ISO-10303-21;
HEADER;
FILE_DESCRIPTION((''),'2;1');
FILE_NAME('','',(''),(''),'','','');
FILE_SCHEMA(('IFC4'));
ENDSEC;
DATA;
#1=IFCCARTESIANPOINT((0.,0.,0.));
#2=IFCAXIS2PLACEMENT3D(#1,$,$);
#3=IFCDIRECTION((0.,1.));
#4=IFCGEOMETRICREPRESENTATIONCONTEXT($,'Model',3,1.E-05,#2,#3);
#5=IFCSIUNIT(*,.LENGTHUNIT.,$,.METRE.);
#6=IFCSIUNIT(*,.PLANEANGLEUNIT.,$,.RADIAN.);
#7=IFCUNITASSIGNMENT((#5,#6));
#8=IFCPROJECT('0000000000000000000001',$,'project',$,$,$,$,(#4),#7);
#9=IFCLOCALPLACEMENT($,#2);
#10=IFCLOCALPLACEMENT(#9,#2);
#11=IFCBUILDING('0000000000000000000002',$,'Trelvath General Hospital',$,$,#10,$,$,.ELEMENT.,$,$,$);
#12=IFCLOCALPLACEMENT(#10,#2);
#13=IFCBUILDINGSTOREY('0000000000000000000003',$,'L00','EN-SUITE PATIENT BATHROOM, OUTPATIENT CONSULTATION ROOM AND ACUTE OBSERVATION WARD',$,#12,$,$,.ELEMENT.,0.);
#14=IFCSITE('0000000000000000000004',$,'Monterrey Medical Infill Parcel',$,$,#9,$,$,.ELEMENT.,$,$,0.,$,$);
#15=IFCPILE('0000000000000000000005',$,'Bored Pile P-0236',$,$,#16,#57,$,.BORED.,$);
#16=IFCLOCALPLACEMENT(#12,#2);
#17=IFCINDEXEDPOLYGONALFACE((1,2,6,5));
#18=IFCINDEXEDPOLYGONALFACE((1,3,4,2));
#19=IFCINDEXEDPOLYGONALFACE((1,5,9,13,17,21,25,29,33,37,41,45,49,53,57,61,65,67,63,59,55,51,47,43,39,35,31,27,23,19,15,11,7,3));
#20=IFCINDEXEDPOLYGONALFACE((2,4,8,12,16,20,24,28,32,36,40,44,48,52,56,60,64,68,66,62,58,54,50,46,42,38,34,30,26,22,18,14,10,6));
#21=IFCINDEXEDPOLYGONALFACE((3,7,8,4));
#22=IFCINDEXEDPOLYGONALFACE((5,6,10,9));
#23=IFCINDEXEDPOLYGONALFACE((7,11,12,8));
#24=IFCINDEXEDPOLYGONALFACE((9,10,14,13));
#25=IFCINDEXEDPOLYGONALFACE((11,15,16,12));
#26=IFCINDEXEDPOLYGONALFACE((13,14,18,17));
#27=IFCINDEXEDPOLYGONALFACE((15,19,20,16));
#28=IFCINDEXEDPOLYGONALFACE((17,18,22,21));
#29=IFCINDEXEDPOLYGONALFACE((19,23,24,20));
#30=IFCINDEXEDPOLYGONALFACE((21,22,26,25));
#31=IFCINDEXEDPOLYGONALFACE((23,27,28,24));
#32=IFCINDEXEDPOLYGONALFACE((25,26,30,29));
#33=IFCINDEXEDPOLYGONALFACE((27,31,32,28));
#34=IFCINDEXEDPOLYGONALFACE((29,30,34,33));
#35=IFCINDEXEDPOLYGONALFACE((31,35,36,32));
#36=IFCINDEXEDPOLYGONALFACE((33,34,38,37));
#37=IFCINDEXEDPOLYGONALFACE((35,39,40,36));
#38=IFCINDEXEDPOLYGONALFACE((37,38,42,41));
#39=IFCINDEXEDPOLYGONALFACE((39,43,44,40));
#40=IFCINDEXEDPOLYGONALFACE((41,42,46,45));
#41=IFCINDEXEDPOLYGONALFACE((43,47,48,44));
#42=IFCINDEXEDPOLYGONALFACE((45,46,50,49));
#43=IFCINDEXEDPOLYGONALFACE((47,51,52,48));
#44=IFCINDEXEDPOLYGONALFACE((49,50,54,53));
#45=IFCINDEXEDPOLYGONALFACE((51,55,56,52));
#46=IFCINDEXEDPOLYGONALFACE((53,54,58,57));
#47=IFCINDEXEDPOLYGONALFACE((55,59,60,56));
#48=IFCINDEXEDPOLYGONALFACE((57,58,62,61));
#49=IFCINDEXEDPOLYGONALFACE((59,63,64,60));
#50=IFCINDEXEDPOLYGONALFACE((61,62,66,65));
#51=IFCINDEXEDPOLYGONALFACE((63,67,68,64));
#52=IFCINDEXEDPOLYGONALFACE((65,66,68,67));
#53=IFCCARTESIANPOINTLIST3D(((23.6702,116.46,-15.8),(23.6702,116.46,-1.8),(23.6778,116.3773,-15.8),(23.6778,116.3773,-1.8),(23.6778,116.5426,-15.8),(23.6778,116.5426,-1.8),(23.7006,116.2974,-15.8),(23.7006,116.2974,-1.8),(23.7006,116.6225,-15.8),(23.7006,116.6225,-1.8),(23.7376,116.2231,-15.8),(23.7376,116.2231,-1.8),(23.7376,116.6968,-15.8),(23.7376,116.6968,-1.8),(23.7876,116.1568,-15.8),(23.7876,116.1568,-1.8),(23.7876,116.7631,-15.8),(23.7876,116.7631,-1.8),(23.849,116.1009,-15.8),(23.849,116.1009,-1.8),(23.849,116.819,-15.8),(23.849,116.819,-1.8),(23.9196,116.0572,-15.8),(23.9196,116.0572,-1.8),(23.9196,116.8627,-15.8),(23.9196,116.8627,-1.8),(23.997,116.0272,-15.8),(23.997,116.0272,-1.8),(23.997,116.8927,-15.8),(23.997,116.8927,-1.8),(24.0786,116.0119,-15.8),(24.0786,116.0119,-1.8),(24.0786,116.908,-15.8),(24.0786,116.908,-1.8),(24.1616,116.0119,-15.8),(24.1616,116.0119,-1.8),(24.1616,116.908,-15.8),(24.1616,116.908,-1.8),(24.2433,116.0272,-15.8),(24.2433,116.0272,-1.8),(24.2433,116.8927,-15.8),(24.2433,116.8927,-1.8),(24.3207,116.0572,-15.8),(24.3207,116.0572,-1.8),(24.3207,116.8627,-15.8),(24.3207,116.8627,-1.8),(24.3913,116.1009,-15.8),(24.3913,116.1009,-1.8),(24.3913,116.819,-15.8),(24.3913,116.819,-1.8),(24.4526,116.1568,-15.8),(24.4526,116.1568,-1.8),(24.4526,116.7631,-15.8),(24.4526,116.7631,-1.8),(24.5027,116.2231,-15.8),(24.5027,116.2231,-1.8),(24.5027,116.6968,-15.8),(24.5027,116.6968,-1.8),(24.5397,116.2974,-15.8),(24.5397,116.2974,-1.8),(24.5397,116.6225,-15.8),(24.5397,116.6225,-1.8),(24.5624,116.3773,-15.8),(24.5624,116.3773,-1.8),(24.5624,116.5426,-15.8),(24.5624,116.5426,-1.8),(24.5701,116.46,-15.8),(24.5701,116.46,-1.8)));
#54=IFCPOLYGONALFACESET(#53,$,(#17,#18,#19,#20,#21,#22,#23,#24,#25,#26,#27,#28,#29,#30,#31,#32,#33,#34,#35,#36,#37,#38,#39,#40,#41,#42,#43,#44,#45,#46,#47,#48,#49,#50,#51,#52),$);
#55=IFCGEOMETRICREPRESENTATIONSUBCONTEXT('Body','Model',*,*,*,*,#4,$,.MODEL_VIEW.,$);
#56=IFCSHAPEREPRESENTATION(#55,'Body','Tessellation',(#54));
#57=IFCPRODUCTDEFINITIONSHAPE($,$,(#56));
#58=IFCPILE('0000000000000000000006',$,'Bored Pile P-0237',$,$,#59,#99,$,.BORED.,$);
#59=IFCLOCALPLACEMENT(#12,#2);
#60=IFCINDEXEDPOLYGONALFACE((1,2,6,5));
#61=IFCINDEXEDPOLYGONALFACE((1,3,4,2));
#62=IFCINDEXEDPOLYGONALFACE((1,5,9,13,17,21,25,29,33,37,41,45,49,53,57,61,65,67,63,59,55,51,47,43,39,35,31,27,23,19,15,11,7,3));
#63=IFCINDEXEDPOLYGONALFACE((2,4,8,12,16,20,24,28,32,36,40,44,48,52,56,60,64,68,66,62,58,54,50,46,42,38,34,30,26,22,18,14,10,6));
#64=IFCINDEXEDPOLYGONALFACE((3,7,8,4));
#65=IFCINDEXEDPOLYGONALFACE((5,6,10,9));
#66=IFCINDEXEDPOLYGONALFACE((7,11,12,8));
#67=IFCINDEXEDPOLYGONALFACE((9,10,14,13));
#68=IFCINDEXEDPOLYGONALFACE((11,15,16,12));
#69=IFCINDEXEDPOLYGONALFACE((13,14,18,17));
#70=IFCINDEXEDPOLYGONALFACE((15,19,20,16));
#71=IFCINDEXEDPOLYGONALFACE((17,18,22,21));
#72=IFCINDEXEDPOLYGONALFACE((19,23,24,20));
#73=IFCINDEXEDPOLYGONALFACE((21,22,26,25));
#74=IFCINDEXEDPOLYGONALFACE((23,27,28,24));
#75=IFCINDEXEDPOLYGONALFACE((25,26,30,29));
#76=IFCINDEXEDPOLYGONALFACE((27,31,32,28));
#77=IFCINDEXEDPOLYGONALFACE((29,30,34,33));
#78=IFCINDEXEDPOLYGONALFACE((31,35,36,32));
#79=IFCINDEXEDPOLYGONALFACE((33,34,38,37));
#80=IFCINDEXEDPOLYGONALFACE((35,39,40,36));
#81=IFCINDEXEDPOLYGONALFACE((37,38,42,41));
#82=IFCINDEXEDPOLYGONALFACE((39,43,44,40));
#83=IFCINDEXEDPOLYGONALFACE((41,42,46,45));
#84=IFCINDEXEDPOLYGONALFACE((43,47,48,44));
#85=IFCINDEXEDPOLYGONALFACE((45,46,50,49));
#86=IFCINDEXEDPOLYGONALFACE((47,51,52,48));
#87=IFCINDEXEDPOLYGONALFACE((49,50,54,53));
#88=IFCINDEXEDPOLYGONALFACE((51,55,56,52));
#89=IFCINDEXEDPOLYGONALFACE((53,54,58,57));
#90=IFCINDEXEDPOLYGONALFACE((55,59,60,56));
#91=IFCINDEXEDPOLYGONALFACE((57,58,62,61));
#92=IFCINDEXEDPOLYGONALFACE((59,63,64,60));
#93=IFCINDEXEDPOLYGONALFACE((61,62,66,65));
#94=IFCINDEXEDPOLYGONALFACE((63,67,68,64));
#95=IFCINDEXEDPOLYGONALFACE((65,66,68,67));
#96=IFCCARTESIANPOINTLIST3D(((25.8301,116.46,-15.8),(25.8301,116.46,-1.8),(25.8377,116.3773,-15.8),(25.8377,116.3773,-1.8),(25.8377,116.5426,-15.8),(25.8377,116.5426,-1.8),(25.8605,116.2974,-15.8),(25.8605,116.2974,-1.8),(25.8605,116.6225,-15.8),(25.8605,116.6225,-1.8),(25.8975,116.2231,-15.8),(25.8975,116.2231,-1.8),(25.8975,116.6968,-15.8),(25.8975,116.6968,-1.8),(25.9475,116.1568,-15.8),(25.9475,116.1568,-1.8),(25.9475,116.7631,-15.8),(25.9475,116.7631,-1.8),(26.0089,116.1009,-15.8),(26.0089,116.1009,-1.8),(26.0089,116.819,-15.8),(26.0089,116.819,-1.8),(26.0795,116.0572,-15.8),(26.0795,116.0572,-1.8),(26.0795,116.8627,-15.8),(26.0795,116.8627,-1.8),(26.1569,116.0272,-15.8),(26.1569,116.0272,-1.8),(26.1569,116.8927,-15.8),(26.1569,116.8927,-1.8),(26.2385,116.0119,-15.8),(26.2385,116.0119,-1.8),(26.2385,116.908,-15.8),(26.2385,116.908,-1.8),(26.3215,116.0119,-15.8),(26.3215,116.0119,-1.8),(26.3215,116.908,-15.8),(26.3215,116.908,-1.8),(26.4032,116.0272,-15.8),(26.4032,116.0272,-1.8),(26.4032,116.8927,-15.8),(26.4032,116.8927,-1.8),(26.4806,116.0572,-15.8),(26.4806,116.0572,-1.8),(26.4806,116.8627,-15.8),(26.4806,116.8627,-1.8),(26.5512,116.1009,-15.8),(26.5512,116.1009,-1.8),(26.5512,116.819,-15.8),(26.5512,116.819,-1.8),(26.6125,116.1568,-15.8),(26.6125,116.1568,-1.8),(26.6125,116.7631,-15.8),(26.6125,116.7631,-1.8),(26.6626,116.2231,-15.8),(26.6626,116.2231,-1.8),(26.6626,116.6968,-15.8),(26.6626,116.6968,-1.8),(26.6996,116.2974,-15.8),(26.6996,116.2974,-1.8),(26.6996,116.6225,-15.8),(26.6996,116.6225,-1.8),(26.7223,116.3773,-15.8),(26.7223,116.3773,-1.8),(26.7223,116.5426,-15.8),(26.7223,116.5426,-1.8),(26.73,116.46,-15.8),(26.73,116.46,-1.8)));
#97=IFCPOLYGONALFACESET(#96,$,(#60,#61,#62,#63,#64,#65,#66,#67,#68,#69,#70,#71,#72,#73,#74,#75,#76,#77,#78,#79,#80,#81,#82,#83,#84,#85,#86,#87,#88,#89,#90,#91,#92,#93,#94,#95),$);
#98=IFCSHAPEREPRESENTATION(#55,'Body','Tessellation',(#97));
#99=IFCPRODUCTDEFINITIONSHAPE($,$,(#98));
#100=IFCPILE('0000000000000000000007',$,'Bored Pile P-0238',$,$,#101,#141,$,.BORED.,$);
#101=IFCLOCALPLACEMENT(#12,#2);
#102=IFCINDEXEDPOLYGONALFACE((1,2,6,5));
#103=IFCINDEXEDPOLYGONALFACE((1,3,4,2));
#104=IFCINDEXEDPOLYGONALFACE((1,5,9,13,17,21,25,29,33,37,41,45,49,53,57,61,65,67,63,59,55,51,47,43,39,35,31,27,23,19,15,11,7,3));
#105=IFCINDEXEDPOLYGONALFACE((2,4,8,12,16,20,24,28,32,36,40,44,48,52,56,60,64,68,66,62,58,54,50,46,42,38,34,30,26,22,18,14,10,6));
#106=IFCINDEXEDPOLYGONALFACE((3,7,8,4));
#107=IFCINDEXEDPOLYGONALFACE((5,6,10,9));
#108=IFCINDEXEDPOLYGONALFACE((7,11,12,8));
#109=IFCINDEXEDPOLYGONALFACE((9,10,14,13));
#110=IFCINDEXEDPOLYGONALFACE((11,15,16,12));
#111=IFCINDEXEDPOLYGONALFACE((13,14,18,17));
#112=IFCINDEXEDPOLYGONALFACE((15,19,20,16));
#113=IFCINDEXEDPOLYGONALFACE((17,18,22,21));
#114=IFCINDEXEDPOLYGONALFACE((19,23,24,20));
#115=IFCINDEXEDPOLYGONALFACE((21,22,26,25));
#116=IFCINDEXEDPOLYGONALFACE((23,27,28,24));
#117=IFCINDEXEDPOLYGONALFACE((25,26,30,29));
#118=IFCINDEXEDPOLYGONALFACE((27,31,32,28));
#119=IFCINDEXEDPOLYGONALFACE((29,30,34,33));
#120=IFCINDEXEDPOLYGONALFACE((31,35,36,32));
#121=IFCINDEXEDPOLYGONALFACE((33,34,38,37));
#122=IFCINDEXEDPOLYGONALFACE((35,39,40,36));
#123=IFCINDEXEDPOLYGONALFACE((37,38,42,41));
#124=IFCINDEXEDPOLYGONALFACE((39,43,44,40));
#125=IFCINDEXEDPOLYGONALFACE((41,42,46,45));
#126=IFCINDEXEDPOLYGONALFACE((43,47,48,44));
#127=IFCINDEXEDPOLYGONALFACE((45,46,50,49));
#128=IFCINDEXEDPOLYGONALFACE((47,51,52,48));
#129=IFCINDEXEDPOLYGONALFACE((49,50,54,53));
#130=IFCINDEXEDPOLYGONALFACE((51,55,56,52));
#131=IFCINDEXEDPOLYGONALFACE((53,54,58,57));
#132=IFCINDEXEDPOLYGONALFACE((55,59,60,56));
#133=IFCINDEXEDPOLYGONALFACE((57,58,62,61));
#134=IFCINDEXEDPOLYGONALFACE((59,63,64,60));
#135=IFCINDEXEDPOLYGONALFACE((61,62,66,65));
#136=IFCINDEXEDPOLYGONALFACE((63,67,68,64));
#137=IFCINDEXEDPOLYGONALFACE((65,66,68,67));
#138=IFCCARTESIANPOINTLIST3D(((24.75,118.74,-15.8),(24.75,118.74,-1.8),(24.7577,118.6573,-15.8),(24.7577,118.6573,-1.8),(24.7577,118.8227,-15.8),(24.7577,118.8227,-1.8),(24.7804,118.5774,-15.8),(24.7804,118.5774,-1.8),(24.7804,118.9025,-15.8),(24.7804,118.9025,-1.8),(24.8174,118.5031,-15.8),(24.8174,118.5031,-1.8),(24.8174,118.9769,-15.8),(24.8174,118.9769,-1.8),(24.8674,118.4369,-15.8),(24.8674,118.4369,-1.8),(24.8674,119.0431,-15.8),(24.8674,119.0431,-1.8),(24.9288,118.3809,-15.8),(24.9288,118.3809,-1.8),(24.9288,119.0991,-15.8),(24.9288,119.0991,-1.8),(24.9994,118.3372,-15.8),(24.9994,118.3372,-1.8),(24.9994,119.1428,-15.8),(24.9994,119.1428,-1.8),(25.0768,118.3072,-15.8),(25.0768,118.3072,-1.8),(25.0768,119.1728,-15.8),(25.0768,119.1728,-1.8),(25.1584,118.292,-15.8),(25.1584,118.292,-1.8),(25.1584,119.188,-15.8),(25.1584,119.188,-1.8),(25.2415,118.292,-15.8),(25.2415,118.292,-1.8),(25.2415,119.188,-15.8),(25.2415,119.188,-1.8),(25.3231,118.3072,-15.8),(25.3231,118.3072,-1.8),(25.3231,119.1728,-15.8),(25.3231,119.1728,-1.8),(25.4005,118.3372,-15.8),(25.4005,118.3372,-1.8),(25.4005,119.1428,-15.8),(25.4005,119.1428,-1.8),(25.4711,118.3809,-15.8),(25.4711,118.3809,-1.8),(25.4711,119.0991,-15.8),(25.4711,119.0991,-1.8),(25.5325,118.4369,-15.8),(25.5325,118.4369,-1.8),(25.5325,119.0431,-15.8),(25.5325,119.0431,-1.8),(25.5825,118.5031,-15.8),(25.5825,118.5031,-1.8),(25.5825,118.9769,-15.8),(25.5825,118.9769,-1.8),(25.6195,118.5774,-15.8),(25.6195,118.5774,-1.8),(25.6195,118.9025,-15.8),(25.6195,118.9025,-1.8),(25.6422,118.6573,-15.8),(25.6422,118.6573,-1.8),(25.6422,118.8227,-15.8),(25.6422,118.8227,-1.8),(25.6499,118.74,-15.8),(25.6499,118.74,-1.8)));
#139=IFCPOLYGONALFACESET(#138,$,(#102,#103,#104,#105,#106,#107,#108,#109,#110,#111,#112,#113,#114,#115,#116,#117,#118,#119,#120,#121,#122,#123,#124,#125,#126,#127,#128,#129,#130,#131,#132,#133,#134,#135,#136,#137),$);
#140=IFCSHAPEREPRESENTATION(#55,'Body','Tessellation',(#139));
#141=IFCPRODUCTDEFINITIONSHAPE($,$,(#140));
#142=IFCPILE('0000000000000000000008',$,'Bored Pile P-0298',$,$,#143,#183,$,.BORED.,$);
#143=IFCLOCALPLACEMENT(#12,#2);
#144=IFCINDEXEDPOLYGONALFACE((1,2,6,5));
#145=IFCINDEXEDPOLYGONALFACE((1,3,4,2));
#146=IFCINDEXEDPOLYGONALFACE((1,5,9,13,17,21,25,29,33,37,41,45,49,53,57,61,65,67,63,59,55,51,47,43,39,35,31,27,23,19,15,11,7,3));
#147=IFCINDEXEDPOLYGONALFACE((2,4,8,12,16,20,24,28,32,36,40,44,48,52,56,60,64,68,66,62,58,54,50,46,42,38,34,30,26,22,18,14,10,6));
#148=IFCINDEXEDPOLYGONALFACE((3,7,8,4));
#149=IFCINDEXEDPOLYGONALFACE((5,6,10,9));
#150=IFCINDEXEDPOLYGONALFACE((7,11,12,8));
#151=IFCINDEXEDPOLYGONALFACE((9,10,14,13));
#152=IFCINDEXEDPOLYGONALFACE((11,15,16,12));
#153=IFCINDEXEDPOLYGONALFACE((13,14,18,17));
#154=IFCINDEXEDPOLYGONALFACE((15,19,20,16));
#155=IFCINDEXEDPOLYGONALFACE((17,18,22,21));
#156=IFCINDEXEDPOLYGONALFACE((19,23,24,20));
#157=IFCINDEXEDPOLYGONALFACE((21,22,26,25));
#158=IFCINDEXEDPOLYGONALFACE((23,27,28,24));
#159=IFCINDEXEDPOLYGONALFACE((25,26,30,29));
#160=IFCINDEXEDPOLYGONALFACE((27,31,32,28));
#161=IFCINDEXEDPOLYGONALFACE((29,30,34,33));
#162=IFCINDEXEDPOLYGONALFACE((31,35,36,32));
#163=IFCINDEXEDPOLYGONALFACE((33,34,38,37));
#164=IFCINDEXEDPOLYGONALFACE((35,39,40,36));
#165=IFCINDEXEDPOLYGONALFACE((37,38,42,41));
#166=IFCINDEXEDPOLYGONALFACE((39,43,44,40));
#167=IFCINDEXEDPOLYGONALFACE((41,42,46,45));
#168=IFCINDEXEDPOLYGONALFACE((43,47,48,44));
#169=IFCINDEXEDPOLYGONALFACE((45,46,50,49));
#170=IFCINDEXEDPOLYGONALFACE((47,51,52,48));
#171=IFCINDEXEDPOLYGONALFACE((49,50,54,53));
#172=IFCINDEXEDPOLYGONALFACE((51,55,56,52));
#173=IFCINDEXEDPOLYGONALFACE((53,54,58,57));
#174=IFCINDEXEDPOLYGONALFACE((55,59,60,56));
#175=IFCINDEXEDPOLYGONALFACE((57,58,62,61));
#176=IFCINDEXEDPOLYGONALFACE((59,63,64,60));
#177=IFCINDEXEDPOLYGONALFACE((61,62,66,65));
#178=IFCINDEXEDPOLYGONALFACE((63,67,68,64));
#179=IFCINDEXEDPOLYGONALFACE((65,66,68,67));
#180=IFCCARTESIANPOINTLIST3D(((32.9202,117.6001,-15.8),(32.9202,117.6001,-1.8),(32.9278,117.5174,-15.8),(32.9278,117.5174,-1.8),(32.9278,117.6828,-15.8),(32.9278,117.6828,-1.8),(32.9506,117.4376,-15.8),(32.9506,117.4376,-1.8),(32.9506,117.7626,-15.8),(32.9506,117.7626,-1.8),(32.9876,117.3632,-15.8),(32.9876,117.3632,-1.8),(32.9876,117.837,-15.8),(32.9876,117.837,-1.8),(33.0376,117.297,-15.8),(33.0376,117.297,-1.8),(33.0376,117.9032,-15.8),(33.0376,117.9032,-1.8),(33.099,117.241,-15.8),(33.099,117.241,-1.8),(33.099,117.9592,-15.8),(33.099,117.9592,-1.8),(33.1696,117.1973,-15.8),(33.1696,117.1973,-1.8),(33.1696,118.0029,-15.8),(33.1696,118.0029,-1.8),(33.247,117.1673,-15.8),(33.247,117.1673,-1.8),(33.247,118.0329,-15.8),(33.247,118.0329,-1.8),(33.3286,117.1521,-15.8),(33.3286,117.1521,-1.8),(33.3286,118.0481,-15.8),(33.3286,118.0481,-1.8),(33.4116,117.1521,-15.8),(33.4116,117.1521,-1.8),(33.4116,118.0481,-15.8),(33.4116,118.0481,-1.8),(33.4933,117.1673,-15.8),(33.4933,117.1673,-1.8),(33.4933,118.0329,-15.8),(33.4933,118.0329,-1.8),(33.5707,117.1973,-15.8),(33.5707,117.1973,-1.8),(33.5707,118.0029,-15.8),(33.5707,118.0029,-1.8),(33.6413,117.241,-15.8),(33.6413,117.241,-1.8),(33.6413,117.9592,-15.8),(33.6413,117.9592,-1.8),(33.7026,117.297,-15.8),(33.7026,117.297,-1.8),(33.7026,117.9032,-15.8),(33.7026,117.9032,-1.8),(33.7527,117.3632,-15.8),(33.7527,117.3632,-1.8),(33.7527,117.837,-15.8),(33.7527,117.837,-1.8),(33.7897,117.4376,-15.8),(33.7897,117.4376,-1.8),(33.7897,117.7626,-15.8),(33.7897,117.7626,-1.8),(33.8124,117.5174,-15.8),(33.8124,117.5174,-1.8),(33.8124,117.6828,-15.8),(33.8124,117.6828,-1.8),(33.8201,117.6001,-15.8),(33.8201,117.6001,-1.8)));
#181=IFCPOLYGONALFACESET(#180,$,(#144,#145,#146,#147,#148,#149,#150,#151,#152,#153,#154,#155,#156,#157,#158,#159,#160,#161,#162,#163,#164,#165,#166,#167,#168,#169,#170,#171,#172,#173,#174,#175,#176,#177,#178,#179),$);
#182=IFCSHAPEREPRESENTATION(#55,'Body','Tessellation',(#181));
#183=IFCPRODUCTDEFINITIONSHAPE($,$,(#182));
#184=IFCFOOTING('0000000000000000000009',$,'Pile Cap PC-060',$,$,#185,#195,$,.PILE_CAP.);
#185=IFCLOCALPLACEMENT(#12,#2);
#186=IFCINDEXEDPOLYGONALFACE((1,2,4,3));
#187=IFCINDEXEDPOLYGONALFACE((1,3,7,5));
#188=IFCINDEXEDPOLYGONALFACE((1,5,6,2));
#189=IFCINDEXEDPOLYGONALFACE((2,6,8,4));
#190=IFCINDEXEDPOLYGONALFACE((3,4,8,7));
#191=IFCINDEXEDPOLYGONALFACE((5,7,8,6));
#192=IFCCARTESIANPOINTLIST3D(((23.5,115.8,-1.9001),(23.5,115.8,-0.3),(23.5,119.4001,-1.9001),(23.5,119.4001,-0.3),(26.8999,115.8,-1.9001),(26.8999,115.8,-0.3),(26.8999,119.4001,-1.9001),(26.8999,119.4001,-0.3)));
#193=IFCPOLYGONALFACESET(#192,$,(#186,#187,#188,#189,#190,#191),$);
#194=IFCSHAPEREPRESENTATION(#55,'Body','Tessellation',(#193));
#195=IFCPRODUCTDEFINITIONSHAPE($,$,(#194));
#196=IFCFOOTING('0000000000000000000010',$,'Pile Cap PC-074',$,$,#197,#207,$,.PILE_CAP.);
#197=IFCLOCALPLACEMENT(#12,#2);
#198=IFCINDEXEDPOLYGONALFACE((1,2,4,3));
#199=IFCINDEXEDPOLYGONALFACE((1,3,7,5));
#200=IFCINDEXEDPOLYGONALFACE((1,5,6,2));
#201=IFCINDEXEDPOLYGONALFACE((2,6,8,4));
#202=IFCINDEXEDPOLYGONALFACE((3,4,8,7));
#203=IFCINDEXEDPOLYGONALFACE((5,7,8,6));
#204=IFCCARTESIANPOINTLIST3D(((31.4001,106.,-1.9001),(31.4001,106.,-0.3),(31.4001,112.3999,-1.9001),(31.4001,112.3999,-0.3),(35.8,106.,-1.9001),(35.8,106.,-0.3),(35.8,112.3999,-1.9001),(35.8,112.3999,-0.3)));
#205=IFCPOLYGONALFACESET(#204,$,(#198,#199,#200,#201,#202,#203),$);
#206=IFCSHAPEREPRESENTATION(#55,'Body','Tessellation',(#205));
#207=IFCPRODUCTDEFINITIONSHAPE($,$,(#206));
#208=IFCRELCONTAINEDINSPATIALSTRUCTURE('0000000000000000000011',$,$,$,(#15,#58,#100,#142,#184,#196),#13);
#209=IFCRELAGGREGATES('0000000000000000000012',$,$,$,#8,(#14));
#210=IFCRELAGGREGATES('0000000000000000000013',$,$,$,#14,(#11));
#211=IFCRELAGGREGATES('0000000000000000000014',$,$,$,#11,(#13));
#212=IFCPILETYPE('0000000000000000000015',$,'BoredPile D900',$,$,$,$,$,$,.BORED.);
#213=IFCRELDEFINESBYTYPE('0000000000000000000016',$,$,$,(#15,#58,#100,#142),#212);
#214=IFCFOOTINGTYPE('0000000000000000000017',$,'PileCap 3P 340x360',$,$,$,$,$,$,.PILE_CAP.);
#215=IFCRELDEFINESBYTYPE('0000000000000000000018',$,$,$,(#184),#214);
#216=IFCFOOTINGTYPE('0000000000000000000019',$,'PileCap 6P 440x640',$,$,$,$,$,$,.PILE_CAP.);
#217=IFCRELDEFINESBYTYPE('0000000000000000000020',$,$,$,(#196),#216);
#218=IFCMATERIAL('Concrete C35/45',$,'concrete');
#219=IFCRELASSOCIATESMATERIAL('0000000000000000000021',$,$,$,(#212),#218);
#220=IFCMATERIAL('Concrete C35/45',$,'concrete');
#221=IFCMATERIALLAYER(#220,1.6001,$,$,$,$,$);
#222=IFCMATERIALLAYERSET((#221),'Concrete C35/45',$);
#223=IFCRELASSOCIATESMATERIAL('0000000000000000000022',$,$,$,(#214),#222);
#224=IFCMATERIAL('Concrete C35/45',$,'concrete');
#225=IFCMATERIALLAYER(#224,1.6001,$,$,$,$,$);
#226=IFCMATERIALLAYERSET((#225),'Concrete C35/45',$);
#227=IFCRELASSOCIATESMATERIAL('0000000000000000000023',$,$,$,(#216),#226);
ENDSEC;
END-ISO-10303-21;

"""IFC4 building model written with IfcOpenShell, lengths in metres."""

from ifc_helpers import new_model, si_unit, direction, frame, origin, origin_2d, place, context, subcontext, project, spatial, rectangle, circle, extrude, material, layer, layer_set, material_profile, profile_set, type_object, element, save


model = new_model("IFC4")

# Units and contexts
model_context = context("Model", 3, precision=1e-05, world=origin(), true_north=direction((0.0, 1.0)))
body_context = subcontext(model_context, "Body", "Model", "MODEL_VIEW")
ifc_project = project(units=[si_unit("LENGTHUNIT", "METRE"), si_unit("PLANEANGLEUNIT", "RADIAN")], contexts=[model_context])

# Site, building, storey
site_placement = place(None, origin())
site = spatial("IfcSite", under=ifc_project, at=site_placement, Name="Monterrey Medical Infill Parcel", CompositionType="ELEMENT", RefElevation=0.0)
building_placement = place(site_placement, origin())
building = spatial("IfcBuilding", under=site, at=building_placement, Name="Trelvath General Hospital", CompositionType="ELEMENT")
storey_placement = place(building_placement, origin())
storey = spatial("IfcBuildingStorey", under=building, at=storey_placement, Name="L00", Description="EN-SUITE PATIENT BATHROOM, OUTPATIENT CONSULTATION ROOM AND ACUTE OBSERVATION WARD", CompositionType="ELEMENT", Elevation=0.0)

# Piles
ifc_material_1 = material(Name="Concrete C35/45", Category="concrete")
ifc_material_profile_1 = material_profile(ifc_material_1, circle(Radius=0.45, at=origin_2d()), Name="PILE900")
ifc_profile_set_1 = profile_set([ifc_material_profile_1], Name="Concrete C35/45")
pile_type_1 = type_object("IfcPileType", Name="BoredPile D900", PredefinedType="BORED", material=ifc_profile_set_1)
for number, where, z_axis, x_axis, name in (
    (1, (24.1201, 116.46, -1.8), (0.0, 0.0, -1.0), (1.0, 0.0, 0.0), "Bored Pile P-0236"),
    (2, (26.28, 116.46, -1.8), (0.0, 0.0, -1.0), (1.0, 0.0, 0.0), "Bored Pile P-0237"),
    (3, (25.2, 118.74, -1.8), (0.0, 0.0, -1.0), (1.0, 0.0, 0.0), "Bored Pile P-0238"),
    (4, (33.3701, 117.6001, -1.8), (0.0, 0.0, -1.0), (1.0, 0.0, 0.0), "Bored Pile P-0298"),
):
    element("IfcPile", number, at=place(storey_placement, frame(where, z_axis=z_axis, x_axis=x_axis)), inside=storey, type_object=pile_type_1, Name=name, PredefinedType="BORED", context=body_context, shape_type="SweptSolid", body=[
        extrude(circle(Radius=0.45, at=origin_2d()), origin(), (0.0, 0.0, 1.0), 14.0),
    ])

# Footings
ifc_material_2 = material(Name="Concrete C35/45", Category="concrete")
ifc_layer_1 = layer(ifc_material_2, 1.6001)
ifc_layer_set_1 = layer_set([ifc_layer_1], Name="Concrete C35/45")
footing_type_1 = type_object("IfcFootingType", Name="PileCap 3P 340x360", PredefinedType="PILE_CAP", material=ifc_layer_set_1)
footing_1_placement = place(storey_placement, frame((25.2, 117.6001, -1.9001), z_axis=(0.0, 0.0, 1.0), x_axis=(1.0, 0.0, 0.0)))
element("IfcFooting", 5, at=footing_1_placement, inside=storey, type_object=footing_type_1, Name="Pile Cap PC-060", PredefinedType="PILE_CAP", context=body_context, shape_type="SweptSolid", body=[
    extrude(rectangle(XDim=3.3999, YDim=3.6001, at=origin_2d()), origin(), (0.0, 0.0, 1.0), 1.6001),
])
ifc_material_3 = material(Name="Concrete C35/45", Category="concrete")
ifc_layer_2 = layer(ifc_material_3, 1.6001)
ifc_layer_set_2 = layer_set([ifc_layer_2], Name="Concrete C35/45")
footing_type_2 = type_object("IfcFootingType", Name="PileCap 6P 440x640", PredefinedType="PILE_CAP", material=ifc_layer_set_2)
footing_2_placement = place(storey_placement, frame((33.6001, 109.2, -1.9001), z_axis=(0.0, 0.0, 1.0), x_axis=(1.0, 0.0, 0.0)))
element("IfcFooting", 6, at=footing_2_placement, inside=storey, type_object=footing_type_2, Name="Pile Cap PC-074", PredefinedType="PILE_CAP", context=body_context, shape_type="SweptSolid", body=[
    extrude(rectangle(XDim=4.3999, YDim=6.3999, at=origin_2d()), origin(), (0.0, 0.0, 1.0), 1.6001),
])

save(model, "model.ifc")
